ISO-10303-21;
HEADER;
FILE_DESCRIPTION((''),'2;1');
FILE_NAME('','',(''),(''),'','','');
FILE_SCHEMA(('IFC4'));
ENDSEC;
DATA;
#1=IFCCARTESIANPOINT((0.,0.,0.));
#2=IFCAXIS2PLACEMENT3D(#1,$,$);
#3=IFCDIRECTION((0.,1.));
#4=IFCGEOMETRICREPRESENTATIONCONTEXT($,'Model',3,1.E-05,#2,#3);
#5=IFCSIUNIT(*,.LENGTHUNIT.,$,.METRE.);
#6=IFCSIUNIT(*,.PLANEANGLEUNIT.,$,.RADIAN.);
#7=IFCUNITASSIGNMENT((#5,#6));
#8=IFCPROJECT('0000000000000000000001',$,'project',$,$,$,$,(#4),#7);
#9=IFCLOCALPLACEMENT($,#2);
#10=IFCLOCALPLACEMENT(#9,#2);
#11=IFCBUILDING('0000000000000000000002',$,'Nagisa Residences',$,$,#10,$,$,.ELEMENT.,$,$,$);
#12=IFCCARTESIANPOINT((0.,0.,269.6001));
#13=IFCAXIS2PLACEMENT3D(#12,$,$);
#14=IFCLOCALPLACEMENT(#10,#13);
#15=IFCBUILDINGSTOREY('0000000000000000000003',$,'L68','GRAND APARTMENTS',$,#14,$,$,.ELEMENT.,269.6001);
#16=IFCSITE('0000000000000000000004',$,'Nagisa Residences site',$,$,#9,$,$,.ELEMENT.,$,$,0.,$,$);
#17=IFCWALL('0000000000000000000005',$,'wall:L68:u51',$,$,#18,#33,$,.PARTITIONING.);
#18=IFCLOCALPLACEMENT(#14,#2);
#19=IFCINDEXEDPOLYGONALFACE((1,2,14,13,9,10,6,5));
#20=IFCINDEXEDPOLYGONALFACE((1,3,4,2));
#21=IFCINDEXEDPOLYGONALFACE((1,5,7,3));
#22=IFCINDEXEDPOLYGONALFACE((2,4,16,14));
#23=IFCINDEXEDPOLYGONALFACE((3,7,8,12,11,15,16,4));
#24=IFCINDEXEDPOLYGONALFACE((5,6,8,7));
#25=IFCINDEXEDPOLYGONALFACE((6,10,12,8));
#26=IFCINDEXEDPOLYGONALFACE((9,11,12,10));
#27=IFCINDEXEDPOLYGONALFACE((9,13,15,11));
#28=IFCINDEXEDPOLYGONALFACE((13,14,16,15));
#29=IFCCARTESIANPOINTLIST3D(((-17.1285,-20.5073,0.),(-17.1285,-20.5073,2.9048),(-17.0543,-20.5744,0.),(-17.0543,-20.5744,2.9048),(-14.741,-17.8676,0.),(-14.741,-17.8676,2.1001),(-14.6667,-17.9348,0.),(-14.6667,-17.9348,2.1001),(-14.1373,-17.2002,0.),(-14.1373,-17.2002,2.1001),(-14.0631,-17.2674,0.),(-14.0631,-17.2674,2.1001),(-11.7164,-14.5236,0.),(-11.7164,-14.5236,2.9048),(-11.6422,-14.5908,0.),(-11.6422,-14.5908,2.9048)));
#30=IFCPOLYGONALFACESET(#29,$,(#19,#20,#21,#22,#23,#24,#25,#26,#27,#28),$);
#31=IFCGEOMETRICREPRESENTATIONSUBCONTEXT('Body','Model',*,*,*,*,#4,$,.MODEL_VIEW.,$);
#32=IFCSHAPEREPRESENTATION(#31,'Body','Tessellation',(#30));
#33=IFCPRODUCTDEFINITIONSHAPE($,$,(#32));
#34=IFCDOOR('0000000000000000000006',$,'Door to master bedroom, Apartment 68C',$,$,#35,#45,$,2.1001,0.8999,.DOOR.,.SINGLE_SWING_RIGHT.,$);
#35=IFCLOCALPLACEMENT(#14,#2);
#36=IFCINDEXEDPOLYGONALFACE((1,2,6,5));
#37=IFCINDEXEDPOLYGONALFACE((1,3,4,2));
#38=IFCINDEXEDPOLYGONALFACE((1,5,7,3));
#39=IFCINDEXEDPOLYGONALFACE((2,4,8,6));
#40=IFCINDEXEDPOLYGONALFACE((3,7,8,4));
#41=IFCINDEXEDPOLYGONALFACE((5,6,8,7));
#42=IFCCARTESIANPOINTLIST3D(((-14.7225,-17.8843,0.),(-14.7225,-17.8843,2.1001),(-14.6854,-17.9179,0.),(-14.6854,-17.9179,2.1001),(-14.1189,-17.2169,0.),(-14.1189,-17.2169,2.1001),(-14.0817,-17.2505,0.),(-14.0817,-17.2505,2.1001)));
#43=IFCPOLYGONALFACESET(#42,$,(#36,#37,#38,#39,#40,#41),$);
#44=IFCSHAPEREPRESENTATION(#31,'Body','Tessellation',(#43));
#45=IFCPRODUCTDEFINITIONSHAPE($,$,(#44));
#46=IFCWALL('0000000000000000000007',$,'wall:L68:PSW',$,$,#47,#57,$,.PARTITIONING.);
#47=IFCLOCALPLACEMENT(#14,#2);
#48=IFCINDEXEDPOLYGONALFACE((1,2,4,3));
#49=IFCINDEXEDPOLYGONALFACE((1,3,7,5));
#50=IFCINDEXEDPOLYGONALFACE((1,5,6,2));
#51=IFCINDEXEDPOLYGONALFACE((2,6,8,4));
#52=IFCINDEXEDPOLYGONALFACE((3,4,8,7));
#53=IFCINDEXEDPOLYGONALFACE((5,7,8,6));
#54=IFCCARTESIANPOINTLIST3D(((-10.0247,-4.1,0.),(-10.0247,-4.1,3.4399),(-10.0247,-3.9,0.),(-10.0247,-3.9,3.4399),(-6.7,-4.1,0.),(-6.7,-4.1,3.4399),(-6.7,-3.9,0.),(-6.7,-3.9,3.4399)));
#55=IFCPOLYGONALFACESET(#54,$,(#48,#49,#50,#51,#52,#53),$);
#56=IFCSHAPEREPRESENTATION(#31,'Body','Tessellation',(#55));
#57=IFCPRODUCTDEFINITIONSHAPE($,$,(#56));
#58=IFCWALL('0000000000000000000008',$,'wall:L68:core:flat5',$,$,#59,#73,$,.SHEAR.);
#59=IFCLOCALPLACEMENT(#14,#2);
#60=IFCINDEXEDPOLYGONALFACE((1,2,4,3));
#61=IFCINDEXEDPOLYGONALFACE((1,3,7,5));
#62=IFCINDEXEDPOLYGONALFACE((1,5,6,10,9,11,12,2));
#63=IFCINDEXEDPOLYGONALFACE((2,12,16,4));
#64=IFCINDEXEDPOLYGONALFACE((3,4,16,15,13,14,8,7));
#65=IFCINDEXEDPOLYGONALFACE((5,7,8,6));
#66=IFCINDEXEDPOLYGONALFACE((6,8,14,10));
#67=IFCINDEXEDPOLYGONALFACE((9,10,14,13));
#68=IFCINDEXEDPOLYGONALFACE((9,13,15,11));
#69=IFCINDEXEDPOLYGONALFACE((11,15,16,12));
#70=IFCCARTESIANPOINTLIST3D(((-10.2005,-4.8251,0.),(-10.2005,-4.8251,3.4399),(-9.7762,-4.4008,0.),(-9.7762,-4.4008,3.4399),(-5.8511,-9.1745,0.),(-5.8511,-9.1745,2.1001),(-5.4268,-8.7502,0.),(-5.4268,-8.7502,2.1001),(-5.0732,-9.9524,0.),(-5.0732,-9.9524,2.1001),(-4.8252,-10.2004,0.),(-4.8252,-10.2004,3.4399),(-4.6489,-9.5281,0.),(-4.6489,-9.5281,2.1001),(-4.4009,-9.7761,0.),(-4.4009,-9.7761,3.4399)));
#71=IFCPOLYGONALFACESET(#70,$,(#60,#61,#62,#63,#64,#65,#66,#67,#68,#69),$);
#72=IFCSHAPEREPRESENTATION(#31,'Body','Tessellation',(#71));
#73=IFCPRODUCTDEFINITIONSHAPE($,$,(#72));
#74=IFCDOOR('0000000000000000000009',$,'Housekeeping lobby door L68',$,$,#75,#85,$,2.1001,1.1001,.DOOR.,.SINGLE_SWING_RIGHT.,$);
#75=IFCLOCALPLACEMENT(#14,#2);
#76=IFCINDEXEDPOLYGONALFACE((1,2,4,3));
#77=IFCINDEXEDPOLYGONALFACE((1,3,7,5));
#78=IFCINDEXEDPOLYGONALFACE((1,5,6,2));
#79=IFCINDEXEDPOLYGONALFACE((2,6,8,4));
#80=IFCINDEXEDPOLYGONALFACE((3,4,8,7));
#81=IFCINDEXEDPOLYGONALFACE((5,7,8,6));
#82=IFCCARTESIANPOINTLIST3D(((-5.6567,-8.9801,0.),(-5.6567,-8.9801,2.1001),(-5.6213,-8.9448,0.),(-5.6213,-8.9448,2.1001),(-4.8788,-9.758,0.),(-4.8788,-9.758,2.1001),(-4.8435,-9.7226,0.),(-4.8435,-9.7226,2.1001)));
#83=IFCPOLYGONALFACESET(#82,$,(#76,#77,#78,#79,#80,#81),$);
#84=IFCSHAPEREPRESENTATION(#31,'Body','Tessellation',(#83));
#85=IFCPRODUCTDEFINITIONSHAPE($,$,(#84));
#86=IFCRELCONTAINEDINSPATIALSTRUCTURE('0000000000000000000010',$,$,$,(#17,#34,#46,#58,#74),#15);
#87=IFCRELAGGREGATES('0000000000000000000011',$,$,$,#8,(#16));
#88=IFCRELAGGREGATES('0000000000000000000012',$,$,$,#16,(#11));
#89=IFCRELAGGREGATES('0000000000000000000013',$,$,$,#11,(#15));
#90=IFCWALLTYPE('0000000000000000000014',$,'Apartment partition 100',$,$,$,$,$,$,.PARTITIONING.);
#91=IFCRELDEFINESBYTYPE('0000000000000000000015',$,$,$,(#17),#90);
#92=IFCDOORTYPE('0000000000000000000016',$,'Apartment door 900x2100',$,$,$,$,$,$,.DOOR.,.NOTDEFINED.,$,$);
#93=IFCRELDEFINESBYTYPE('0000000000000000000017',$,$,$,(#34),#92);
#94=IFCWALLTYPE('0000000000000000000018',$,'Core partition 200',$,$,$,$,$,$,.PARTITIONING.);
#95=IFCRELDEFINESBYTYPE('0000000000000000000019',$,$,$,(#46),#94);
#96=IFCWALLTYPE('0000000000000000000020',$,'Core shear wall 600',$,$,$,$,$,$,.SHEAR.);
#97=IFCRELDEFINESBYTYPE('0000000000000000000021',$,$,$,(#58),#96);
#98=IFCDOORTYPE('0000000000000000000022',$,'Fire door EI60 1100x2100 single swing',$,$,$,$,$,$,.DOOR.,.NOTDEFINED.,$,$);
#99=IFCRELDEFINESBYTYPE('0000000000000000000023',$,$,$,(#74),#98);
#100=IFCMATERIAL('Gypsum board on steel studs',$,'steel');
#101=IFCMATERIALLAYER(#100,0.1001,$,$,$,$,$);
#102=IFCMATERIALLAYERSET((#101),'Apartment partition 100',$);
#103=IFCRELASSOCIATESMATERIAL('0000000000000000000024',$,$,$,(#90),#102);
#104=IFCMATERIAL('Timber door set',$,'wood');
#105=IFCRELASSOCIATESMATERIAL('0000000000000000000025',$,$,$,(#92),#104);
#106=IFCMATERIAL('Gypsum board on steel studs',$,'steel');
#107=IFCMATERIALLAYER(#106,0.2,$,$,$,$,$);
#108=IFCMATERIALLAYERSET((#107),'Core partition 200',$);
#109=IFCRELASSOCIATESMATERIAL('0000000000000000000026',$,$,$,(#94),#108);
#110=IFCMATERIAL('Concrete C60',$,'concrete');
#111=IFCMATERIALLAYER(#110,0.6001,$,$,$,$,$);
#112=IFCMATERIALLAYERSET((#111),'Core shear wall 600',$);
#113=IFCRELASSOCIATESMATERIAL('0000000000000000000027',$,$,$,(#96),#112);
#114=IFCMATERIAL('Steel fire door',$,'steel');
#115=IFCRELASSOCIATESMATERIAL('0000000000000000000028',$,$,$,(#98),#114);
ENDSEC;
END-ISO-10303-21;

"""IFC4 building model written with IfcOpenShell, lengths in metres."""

from ifc_helpers import new_model, si_unit, direction, frame, frame_2d, origin, place, context, subcontext, project, spatial, rectangle, extrude, material, layer, layer_set, type_object, element, fill, save


model = new_model("IFC4")

# Units and contexts
model_context = context("Model", 3, precision=1e-05, world=origin(), true_north=direction((0.0, 1.0)))
body_context = subcontext(model_context, "Body", "Model", "MODEL_VIEW")
ifc_project = project(units=[si_unit("LENGTHUNIT", "METRE"), si_unit("PLANEANGLEUNIT", "RADIAN")], contexts=[model_context])

# Site, building, storey
site_placement = place(None, origin())
site = spatial("IfcSite", under=ifc_project, at=site_placement, Name="Nagisa Residences site", CompositionType="ELEMENT", RefElevation=0.0)
building_placement = place(site_placement, origin())
building = spatial("IfcBuilding", under=site, at=building_placement, Name="Nagisa Residences", CompositionType="ELEMENT")
storey_placement = place(building_placement, frame((0.0, 0.0, 269.6001)))
storey = spatial("IfcBuildingStorey", under=building, at=storey_placement, Name="L68", Description="GRAND APARTMENTS", CompositionType="ELEMENT", Elevation=269.6001)

# Shared definitions
ifc_material_1 = material(Name="Gypsum board on steel studs", Category="steel")
ifc_layer_1 = layer(ifc_material_1, 0.1001)
ifc_layer_set_1 = layer_set([ifc_layer_1], Name="Apartment partition 100")
wall_type_1 = type_object("IfcWallType", Name="Apartment partition 100", PredefinedType="PARTITIONING", material=ifc_layer_set_1)
ifc_material_2 = material(Name="Timber door set", Category="wood")
door_type_1 = type_object("IfcDoorType", Name="Apartment door 900x2100", OperationType="NOTDEFINED", PredefinedType="DOOR", material=ifc_material_2)

# Wall, opening, door
wall_1_placement = place(storey_placement, frame((-11.6792, -14.5571, 0.0), z_axis=(0.0, 0.0, 1.0), x_axis=(-0.6708, -0.741638, 0.0)))
wall_1 = element("IfcWall", 1, at=wall_1_placement, inside=storey, type_object=wall_type_1, Name="wall:L68:u51", PredefinedType="PARTITIONING", context=body_context, shape_type="SweptSolid", body=[
    extrude(rectangle(XDim=8.0681, YDim=0.1001, at=frame_2d((4.0342, 0.0))), origin(), (0.0, 0.0, 1.0), 2.9048),
])
opening_1_placement = place(wall_1_placement, frame((3.6091, 0.0, 0.0)))
opening_1 = element("IfcOpeningElement", 2, at=opening_1_placement, cuts=wall_1, PredefinedType="OPENING", context=body_context, shape_type="SweptSolid", body=[
    extrude(rectangle(XDim=0.8999, YDim=2.1001, at=frame_2d((0.45, 1.05))), frame((0.0, 0.0601, 0.0), z_axis=(0.0, -1.0, 0.0), x_axis=(1.0, 0.0, 0.0)), (0.0, 0.0, 1.0), 0.1201),
])
door_1_placement = place(opening_1_placement, origin())
door_1 = element("IfcDoor", 3, at=door_1_placement, inside=storey, type_object=door_type_1, Name="Door to master bedroom, Apartment 68C", OperationType="SINGLE_SWING_RIGHT", OverallHeight=2.1001, OverallWidth=0.8999, PredefinedType="DOOR", context=body_context, shape_type="SweptSolid", body=[
    extrude(rectangle(XDim=0.8999, YDim=2.1001, at=frame_2d((0.45, 1.05))), frame((0.0, 0.0249, 0.0), z_axis=(0.0, -1.0, 0.0), x_axis=(1.0, 0.0, 0.0)), (0.0, 0.0, 1.0), 0.05),
])
fill(opening_1, door_1)

# Wall
ifc_material_3 = material(Name="Gypsum board on steel studs", Category="steel")
ifc_layer_2 = layer(ifc_material_3, 0.2)
ifc_layer_set_2 = layer_set([ifc_layer_2], Name="Core partition 200")
wall_type_2 = type_object("IfcWallType", Name="Core partition 200", PredefinedType="PARTITIONING", material=ifc_layer_set_2)
wall_2_placement = place(storey_placement, frame((-10.0247, -4.0, 0.0), z_axis=(0.0, 0.0, 1.0), x_axis=(1.0, 0.0, 0.0)))
element("IfcWall", 4, at=wall_2_placement, inside=storey, type_object=wall_type_2, Name="wall:L68:PSW", PredefinedType="PARTITIONING", context=body_context, shape_type="SweptSolid", body=[
    extrude(rectangle(XDim=3.3247, YDim=0.2, at=frame_2d((1.6624, 0.0))), origin(), (0.0, 0.0, 1.0), 3.4399),
])

# Wall, opening, door
ifc_material_4 = material(Name="Concrete C60", Category="concrete")
ifc_layer_3 = layer(ifc_material_4, 0.6001)
ifc_layer_set_3 = layer_set([ifc_layer_3], Name="Core shear wall 600")
wall_type_3 = type_object("IfcWallType", Name="Core shear wall 600", PredefinedType="SHEAR", material=ifc_layer_set_3)
wall_3_placement = place(storey_placement, frame((-9.9883, -4.613, 0.0), z_axis=(0.0, 0.0, 1.0), x_axis=(0.707107, -0.707107, 0.0)))
wall_3 = element("IfcWall", 5, at=wall_3_placement, inside=storey, type_object=wall_type_3, Name="wall:L68:core:flat5", PredefinedType="SHEAR", context=body_context, shape_type="SweptSolid", body=[
    extrude(rectangle(XDim=7.6018, YDim=0.6001, at=frame_2d((3.8008, 0.0))), origin(), (0.0, 0.0, 1.0), 3.4399),
])
opening_2_placement = place(wall_3_placement, frame((6.1509, 0.0, 0.0)))
opening_2 = element("IfcOpeningElement", 6, at=opening_2_placement, cuts=wall_3, PredefinedType="OPENING", context=body_context, shape_type="SweptSolid", body=[
    extrude(rectangle(XDim=1.1001, YDim=2.1001, at=frame_2d((0.55, 1.05))), frame((0.0, 0.3101, 0.0), z_axis=(0.0, -1.0, 0.0), x_axis=(1.0, 0.0, 0.0)), (0.0, 0.0, 1.0), 0.6201),
])
ifc_material_5 = material(Name="Steel fire door", Category="steel")
door_type_2 = type_object("IfcDoorType", Name="Fire door EI60 1100x2100 single swing", OperationType="NOTDEFINED", PredefinedType="DOOR", material=ifc_material_5)
door_2_placement = place(opening_2_placement, origin())
door_2 = element("IfcDoor", 7, at=door_2_placement, inside=storey, type_object=door_type_2, Name="Housekeeping lobby door L68", OperationType="SINGLE_SWING_RIGHT", OverallHeight=2.1001, OverallWidth=1.1001, PredefinedType="DOOR", context=body_context, shape_type="SweptSolid", body=[
    extrude(rectangle(XDim=1.1001, YDim=2.1001, at=frame_2d((0.55, 1.05))), frame((0.0, 0.0249, 0.0), z_axis=(0.0, -1.0, 0.0), x_axis=(1.0, 0.0, 0.0)), (0.0, 0.0, 1.0), 0.05),
])
fill(opening_2, door_2)

save(model, "model.ifc")
